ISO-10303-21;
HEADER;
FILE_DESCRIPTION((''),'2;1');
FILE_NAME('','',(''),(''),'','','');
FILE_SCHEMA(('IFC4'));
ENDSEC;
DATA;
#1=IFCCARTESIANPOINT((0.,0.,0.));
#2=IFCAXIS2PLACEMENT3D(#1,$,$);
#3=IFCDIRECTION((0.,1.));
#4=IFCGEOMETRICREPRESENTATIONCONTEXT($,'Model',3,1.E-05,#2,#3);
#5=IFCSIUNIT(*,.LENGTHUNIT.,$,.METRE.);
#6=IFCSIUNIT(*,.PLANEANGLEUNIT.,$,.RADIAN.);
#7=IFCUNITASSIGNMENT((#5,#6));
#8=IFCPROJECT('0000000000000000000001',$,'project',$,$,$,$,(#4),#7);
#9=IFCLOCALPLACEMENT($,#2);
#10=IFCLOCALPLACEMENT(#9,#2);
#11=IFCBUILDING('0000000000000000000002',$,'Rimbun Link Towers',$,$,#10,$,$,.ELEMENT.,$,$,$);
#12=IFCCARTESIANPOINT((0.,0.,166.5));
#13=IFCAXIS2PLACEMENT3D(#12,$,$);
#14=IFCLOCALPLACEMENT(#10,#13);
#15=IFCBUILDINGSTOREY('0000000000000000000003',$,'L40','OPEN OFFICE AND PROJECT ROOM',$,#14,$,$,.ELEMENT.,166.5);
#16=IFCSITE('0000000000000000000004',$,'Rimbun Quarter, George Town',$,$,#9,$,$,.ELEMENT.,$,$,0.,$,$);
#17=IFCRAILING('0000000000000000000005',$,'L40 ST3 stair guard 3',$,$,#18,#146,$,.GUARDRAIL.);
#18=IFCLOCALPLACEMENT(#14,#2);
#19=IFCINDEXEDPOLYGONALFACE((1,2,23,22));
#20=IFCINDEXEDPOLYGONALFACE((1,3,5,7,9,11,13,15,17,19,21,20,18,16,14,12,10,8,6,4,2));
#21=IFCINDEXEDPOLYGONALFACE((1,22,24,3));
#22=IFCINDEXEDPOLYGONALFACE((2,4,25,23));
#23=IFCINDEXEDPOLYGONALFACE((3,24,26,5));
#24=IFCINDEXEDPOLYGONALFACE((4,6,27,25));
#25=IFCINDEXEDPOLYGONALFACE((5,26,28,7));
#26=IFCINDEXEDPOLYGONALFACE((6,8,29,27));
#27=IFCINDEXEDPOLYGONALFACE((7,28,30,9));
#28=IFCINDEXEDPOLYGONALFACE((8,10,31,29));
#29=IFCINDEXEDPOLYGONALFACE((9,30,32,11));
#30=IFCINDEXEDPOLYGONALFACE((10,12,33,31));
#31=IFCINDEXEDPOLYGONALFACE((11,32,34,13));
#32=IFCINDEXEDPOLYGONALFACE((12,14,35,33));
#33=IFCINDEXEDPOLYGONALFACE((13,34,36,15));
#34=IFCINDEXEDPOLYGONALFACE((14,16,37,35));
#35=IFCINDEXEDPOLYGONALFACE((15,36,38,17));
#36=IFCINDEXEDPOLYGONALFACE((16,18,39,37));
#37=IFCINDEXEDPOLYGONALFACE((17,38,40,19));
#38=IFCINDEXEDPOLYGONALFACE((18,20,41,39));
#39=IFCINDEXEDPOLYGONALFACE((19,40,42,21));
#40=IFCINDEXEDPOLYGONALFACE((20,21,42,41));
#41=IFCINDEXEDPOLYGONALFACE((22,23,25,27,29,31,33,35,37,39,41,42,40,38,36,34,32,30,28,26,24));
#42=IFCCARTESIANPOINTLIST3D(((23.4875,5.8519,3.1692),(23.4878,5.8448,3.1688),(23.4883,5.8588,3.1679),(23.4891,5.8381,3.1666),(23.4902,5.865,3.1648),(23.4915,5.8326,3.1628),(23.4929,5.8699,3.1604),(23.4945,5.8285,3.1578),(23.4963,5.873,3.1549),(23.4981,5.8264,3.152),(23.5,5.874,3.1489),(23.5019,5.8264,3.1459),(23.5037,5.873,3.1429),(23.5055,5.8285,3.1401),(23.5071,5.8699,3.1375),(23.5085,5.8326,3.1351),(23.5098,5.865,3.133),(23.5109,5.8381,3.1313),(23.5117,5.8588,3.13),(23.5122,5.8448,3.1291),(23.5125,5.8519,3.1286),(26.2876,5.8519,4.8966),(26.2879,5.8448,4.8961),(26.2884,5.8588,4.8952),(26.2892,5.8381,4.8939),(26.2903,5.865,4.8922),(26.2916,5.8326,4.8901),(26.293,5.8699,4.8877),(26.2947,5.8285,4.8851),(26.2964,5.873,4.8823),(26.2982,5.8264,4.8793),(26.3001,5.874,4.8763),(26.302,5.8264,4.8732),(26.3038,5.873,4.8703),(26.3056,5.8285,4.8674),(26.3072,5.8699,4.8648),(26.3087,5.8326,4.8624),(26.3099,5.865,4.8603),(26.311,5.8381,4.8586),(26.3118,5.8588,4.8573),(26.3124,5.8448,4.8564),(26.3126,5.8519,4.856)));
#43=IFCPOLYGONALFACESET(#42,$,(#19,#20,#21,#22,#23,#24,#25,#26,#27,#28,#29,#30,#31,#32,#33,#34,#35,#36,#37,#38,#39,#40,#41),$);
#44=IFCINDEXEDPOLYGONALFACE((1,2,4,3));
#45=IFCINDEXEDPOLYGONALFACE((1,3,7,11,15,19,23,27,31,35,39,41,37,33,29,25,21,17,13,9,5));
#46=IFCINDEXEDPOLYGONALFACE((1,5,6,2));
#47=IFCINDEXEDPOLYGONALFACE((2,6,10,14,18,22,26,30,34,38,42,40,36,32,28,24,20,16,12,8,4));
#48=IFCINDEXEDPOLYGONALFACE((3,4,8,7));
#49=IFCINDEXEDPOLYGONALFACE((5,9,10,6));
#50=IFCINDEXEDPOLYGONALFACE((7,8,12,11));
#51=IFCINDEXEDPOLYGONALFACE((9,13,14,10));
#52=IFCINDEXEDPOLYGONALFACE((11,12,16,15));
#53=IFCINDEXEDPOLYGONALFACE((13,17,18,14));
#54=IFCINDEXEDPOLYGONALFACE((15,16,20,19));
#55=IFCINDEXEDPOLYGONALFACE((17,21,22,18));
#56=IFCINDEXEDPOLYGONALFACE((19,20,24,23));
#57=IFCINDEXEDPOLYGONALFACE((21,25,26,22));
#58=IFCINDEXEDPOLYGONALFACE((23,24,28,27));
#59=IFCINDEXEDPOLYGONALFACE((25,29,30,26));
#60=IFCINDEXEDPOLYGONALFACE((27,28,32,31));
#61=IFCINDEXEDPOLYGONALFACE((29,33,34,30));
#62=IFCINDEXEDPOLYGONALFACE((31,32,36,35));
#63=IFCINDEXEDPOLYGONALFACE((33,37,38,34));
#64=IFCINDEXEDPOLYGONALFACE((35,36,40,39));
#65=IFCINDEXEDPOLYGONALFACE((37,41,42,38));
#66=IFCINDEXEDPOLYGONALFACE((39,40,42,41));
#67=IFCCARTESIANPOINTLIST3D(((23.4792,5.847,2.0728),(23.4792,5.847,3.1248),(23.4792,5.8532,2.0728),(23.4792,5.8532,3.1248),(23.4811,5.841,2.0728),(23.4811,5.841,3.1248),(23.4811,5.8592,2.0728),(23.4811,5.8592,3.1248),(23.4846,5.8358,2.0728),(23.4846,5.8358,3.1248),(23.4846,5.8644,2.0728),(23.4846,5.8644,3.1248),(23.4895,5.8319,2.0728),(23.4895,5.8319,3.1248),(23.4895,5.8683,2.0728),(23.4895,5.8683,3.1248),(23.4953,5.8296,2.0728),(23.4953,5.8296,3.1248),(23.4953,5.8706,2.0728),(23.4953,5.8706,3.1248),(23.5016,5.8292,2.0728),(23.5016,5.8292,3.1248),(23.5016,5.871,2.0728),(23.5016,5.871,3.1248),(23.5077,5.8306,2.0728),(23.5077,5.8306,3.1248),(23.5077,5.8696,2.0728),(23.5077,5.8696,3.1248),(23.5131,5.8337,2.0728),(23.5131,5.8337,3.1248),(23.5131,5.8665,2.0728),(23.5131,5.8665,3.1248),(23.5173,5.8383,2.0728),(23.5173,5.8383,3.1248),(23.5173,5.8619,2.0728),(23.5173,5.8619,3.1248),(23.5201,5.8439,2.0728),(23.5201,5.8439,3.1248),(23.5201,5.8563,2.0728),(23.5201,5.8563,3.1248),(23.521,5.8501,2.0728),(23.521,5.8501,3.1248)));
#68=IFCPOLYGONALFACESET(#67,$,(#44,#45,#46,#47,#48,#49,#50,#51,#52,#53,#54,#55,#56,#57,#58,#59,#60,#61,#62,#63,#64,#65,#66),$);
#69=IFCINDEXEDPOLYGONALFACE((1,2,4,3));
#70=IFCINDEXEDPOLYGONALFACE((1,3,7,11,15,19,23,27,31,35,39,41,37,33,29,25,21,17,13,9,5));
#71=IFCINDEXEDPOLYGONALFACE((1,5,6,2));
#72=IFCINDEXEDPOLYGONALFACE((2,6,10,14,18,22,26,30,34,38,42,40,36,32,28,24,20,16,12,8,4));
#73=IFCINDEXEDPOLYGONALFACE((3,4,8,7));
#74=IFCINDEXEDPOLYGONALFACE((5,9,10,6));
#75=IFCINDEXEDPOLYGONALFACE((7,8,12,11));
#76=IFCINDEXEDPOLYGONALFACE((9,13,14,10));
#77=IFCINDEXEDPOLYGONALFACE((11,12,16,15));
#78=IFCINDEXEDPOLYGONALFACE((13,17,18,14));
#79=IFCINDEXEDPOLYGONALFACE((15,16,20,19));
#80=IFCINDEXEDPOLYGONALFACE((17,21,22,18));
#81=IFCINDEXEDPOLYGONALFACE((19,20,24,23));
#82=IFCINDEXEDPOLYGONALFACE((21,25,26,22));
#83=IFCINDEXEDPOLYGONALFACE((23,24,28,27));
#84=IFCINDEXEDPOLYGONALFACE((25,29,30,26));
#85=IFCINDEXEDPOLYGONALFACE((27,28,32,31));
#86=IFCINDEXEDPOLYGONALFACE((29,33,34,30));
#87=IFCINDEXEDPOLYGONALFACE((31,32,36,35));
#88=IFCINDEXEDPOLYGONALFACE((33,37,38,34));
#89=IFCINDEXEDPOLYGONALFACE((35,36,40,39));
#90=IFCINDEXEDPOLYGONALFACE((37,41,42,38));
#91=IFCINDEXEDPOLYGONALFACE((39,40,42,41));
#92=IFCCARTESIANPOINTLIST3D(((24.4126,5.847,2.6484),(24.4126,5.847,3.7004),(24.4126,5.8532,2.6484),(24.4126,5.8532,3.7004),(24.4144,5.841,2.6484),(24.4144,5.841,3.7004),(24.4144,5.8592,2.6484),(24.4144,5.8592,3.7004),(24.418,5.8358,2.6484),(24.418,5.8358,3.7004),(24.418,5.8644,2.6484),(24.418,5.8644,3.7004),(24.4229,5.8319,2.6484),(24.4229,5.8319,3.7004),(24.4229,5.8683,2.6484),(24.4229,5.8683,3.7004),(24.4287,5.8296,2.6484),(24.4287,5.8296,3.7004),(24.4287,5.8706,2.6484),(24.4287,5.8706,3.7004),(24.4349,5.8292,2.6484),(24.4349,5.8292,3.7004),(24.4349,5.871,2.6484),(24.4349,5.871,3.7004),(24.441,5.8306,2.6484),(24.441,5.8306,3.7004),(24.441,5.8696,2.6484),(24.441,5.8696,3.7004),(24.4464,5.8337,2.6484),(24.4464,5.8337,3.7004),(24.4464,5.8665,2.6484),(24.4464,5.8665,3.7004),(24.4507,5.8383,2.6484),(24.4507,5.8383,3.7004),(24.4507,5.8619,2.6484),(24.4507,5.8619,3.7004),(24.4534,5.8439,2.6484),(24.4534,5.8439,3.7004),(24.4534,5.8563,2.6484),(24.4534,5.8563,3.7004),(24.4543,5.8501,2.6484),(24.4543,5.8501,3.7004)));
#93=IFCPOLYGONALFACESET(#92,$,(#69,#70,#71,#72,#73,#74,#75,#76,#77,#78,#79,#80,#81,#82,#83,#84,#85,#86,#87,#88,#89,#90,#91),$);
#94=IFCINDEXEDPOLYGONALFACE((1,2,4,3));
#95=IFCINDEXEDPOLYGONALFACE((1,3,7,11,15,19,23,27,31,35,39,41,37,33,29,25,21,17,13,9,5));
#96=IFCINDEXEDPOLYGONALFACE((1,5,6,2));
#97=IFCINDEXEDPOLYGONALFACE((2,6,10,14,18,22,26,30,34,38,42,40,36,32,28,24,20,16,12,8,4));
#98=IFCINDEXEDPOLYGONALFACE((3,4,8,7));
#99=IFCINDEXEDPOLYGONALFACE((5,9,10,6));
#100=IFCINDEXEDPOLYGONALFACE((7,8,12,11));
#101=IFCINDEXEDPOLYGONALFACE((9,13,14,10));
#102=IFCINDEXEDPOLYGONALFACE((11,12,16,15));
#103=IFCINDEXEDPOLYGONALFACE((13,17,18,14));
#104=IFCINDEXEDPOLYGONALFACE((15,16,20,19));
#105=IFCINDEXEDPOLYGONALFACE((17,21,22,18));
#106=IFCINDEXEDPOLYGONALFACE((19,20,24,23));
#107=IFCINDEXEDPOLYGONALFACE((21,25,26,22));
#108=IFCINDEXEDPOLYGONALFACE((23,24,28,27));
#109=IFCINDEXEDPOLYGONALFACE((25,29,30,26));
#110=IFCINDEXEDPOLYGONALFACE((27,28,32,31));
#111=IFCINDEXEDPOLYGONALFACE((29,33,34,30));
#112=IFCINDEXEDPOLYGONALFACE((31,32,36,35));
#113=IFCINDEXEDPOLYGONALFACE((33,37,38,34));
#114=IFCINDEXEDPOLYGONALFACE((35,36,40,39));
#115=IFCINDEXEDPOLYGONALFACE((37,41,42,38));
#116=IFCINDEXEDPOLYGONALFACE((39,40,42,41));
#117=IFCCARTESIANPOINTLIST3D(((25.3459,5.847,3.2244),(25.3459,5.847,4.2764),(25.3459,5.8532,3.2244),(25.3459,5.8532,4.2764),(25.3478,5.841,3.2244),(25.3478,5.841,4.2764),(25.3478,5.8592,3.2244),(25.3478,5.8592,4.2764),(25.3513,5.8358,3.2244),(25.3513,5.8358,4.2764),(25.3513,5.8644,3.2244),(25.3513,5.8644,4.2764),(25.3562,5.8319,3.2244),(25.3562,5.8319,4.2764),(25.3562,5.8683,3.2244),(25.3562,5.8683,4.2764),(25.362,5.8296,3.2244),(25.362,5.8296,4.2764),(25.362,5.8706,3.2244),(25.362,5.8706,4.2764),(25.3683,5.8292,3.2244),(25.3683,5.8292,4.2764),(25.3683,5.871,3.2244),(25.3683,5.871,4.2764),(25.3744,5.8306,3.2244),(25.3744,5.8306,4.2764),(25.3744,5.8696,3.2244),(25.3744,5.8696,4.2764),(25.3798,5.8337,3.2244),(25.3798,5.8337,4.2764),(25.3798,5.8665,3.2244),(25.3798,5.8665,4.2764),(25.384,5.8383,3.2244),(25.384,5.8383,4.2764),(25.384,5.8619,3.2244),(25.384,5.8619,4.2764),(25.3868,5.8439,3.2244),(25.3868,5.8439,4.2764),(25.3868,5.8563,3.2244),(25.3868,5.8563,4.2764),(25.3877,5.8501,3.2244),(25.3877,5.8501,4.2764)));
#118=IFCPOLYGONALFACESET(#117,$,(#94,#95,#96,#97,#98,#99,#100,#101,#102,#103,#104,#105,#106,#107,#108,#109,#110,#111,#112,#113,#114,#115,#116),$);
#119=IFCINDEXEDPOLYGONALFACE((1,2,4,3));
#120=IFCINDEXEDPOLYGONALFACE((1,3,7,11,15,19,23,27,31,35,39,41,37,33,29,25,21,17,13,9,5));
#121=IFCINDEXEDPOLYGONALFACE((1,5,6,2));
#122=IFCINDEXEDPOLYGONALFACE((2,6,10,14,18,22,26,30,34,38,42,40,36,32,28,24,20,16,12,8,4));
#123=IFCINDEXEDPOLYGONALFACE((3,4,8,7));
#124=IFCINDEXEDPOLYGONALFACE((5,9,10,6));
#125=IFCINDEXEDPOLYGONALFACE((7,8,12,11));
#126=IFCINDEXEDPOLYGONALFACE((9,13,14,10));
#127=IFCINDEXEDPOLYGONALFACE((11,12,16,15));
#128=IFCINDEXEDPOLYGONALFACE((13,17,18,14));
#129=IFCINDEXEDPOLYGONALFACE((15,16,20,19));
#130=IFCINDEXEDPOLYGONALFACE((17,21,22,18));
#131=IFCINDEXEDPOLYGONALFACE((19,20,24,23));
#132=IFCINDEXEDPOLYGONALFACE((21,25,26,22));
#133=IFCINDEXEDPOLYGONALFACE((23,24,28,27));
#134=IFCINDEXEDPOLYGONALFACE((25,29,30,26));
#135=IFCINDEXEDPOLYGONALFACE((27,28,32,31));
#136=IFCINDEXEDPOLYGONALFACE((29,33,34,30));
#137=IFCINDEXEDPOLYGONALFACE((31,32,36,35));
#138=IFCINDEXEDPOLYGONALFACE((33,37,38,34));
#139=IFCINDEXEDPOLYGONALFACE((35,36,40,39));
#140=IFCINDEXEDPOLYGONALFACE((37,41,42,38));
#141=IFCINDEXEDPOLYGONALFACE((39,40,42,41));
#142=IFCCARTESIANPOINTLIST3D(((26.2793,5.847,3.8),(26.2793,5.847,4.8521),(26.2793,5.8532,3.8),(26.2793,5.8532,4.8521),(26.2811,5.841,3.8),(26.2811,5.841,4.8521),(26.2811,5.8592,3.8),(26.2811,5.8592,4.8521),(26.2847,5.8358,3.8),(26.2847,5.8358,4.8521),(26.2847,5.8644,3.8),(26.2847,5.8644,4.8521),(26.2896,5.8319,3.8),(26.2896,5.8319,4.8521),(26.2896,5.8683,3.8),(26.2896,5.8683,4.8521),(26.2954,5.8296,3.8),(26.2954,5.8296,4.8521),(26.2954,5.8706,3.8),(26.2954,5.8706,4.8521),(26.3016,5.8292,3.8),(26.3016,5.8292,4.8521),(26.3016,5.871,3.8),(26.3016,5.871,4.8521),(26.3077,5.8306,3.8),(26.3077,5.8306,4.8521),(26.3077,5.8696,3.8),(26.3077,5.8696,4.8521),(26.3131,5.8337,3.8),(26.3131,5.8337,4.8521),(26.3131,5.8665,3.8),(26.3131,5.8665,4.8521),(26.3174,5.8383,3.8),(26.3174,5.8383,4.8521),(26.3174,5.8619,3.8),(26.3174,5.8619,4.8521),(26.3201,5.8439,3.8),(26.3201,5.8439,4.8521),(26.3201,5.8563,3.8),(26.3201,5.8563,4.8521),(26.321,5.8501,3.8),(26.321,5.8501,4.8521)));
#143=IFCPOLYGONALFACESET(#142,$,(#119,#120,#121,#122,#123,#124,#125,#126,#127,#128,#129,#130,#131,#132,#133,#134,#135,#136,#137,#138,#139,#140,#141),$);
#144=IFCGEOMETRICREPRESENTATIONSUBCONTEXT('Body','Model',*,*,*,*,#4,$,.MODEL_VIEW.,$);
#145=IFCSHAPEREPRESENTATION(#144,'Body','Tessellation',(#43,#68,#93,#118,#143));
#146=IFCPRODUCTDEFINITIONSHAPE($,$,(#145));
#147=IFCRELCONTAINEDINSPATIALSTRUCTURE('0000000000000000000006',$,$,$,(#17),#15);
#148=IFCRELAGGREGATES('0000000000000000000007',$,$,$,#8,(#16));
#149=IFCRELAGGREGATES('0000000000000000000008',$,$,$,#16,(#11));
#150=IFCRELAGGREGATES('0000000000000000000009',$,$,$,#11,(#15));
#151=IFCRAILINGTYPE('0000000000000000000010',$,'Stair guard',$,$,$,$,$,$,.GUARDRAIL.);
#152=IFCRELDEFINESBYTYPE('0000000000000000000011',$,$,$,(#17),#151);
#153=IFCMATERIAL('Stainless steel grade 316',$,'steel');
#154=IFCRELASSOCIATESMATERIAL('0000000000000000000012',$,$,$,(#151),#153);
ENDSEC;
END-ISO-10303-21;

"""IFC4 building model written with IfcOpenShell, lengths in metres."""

from ifc_helpers import new_model, si_unit, direction, frame, origin, origin_2d, place, context, subcontext, project, spatial, circle, extrude, material, type_object, element, save


model = new_model("IFC4")

# Units and contexts
model_context = context("Model", 3, precision=1e-05, world=origin(), true_north=direction((0.0, 1.0)))
body_context = subcontext(model_context, "Body", "Model", "MODEL_VIEW")
ifc_project = project(units=[si_unit("LENGTHUNIT", "METRE"), si_unit("PLANEANGLEUNIT", "RADIAN")], contexts=[model_context])

# Site, building, storey
site_placement = place(None, origin())
site = spatial("IfcSite", under=ifc_project, at=site_placement, Name="Rimbun Quarter, George Town", CompositionType="ELEMENT", RefElevation=0.0)
building_placement = place(site_placement, origin())
building = spatial("IfcBuilding", under=site, at=building_placement, Name="Rimbun Link Towers", CompositionType="ELEMENT")
storey_placement = place(building_placement, frame((0.0, 0.0, 166.5)))
storey = spatial("IfcBuildingStorey", under=building, at=storey_placement, Name="L40", Description="OPEN OFFICE AND PROJECT ROOM", CompositionType="ELEMENT", Elevation=166.5)

# Railing
ifc_material_1 = material(Name="Stainless steel grade 316", Category="steel")
railing_type_1 = type_object("IfcRailingType", Name="Stair guard", PredefinedType="GUARDRAIL", material=ifc_material_1)
railing_1_placement = place(storey_placement, frame((23.5, 5.8501, 2.0728)))
element("IfcRailing", 1, at=railing_1_placement, inside=storey, type_object=railing_type_1, Name="L40 ST3 stair guard 3", PredefinedType="GUARDRAIL", context=body_context, shape_type="SweptSolid", body=[
    extrude(circle(Radius=0.0239, at=origin_2d()), frame((0.0, 0.0, 1.0762), z_axis=(0.85109, 0.0, 0.52502), x_axis=(0.0, 1.0, 0.0)), (0.0, 0.0, 1.0), 3.29),
    extrude(circle(Radius=0.021, at=origin_2d()), origin(), (0.0, 0.0, 1.0), 1.052),
    extrude(circle(Radius=0.021, at=origin_2d()), frame((0.9333, 0.0, 0.5757)), (0.0, 0.0, 1.0), 1.052),
    extrude(circle(Radius=0.021, at=origin_2d()), frame((1.8667, 0.0, 1.1516)), (0.0, 0.0, 1.0), 1.052),
    extrude(circle(Radius=0.021, at=origin_2d()), frame((2.8, 0.0, 1.7273)), (0.0, 0.0, 1.0), 1.052),
])

save(model, "model.ifc")
